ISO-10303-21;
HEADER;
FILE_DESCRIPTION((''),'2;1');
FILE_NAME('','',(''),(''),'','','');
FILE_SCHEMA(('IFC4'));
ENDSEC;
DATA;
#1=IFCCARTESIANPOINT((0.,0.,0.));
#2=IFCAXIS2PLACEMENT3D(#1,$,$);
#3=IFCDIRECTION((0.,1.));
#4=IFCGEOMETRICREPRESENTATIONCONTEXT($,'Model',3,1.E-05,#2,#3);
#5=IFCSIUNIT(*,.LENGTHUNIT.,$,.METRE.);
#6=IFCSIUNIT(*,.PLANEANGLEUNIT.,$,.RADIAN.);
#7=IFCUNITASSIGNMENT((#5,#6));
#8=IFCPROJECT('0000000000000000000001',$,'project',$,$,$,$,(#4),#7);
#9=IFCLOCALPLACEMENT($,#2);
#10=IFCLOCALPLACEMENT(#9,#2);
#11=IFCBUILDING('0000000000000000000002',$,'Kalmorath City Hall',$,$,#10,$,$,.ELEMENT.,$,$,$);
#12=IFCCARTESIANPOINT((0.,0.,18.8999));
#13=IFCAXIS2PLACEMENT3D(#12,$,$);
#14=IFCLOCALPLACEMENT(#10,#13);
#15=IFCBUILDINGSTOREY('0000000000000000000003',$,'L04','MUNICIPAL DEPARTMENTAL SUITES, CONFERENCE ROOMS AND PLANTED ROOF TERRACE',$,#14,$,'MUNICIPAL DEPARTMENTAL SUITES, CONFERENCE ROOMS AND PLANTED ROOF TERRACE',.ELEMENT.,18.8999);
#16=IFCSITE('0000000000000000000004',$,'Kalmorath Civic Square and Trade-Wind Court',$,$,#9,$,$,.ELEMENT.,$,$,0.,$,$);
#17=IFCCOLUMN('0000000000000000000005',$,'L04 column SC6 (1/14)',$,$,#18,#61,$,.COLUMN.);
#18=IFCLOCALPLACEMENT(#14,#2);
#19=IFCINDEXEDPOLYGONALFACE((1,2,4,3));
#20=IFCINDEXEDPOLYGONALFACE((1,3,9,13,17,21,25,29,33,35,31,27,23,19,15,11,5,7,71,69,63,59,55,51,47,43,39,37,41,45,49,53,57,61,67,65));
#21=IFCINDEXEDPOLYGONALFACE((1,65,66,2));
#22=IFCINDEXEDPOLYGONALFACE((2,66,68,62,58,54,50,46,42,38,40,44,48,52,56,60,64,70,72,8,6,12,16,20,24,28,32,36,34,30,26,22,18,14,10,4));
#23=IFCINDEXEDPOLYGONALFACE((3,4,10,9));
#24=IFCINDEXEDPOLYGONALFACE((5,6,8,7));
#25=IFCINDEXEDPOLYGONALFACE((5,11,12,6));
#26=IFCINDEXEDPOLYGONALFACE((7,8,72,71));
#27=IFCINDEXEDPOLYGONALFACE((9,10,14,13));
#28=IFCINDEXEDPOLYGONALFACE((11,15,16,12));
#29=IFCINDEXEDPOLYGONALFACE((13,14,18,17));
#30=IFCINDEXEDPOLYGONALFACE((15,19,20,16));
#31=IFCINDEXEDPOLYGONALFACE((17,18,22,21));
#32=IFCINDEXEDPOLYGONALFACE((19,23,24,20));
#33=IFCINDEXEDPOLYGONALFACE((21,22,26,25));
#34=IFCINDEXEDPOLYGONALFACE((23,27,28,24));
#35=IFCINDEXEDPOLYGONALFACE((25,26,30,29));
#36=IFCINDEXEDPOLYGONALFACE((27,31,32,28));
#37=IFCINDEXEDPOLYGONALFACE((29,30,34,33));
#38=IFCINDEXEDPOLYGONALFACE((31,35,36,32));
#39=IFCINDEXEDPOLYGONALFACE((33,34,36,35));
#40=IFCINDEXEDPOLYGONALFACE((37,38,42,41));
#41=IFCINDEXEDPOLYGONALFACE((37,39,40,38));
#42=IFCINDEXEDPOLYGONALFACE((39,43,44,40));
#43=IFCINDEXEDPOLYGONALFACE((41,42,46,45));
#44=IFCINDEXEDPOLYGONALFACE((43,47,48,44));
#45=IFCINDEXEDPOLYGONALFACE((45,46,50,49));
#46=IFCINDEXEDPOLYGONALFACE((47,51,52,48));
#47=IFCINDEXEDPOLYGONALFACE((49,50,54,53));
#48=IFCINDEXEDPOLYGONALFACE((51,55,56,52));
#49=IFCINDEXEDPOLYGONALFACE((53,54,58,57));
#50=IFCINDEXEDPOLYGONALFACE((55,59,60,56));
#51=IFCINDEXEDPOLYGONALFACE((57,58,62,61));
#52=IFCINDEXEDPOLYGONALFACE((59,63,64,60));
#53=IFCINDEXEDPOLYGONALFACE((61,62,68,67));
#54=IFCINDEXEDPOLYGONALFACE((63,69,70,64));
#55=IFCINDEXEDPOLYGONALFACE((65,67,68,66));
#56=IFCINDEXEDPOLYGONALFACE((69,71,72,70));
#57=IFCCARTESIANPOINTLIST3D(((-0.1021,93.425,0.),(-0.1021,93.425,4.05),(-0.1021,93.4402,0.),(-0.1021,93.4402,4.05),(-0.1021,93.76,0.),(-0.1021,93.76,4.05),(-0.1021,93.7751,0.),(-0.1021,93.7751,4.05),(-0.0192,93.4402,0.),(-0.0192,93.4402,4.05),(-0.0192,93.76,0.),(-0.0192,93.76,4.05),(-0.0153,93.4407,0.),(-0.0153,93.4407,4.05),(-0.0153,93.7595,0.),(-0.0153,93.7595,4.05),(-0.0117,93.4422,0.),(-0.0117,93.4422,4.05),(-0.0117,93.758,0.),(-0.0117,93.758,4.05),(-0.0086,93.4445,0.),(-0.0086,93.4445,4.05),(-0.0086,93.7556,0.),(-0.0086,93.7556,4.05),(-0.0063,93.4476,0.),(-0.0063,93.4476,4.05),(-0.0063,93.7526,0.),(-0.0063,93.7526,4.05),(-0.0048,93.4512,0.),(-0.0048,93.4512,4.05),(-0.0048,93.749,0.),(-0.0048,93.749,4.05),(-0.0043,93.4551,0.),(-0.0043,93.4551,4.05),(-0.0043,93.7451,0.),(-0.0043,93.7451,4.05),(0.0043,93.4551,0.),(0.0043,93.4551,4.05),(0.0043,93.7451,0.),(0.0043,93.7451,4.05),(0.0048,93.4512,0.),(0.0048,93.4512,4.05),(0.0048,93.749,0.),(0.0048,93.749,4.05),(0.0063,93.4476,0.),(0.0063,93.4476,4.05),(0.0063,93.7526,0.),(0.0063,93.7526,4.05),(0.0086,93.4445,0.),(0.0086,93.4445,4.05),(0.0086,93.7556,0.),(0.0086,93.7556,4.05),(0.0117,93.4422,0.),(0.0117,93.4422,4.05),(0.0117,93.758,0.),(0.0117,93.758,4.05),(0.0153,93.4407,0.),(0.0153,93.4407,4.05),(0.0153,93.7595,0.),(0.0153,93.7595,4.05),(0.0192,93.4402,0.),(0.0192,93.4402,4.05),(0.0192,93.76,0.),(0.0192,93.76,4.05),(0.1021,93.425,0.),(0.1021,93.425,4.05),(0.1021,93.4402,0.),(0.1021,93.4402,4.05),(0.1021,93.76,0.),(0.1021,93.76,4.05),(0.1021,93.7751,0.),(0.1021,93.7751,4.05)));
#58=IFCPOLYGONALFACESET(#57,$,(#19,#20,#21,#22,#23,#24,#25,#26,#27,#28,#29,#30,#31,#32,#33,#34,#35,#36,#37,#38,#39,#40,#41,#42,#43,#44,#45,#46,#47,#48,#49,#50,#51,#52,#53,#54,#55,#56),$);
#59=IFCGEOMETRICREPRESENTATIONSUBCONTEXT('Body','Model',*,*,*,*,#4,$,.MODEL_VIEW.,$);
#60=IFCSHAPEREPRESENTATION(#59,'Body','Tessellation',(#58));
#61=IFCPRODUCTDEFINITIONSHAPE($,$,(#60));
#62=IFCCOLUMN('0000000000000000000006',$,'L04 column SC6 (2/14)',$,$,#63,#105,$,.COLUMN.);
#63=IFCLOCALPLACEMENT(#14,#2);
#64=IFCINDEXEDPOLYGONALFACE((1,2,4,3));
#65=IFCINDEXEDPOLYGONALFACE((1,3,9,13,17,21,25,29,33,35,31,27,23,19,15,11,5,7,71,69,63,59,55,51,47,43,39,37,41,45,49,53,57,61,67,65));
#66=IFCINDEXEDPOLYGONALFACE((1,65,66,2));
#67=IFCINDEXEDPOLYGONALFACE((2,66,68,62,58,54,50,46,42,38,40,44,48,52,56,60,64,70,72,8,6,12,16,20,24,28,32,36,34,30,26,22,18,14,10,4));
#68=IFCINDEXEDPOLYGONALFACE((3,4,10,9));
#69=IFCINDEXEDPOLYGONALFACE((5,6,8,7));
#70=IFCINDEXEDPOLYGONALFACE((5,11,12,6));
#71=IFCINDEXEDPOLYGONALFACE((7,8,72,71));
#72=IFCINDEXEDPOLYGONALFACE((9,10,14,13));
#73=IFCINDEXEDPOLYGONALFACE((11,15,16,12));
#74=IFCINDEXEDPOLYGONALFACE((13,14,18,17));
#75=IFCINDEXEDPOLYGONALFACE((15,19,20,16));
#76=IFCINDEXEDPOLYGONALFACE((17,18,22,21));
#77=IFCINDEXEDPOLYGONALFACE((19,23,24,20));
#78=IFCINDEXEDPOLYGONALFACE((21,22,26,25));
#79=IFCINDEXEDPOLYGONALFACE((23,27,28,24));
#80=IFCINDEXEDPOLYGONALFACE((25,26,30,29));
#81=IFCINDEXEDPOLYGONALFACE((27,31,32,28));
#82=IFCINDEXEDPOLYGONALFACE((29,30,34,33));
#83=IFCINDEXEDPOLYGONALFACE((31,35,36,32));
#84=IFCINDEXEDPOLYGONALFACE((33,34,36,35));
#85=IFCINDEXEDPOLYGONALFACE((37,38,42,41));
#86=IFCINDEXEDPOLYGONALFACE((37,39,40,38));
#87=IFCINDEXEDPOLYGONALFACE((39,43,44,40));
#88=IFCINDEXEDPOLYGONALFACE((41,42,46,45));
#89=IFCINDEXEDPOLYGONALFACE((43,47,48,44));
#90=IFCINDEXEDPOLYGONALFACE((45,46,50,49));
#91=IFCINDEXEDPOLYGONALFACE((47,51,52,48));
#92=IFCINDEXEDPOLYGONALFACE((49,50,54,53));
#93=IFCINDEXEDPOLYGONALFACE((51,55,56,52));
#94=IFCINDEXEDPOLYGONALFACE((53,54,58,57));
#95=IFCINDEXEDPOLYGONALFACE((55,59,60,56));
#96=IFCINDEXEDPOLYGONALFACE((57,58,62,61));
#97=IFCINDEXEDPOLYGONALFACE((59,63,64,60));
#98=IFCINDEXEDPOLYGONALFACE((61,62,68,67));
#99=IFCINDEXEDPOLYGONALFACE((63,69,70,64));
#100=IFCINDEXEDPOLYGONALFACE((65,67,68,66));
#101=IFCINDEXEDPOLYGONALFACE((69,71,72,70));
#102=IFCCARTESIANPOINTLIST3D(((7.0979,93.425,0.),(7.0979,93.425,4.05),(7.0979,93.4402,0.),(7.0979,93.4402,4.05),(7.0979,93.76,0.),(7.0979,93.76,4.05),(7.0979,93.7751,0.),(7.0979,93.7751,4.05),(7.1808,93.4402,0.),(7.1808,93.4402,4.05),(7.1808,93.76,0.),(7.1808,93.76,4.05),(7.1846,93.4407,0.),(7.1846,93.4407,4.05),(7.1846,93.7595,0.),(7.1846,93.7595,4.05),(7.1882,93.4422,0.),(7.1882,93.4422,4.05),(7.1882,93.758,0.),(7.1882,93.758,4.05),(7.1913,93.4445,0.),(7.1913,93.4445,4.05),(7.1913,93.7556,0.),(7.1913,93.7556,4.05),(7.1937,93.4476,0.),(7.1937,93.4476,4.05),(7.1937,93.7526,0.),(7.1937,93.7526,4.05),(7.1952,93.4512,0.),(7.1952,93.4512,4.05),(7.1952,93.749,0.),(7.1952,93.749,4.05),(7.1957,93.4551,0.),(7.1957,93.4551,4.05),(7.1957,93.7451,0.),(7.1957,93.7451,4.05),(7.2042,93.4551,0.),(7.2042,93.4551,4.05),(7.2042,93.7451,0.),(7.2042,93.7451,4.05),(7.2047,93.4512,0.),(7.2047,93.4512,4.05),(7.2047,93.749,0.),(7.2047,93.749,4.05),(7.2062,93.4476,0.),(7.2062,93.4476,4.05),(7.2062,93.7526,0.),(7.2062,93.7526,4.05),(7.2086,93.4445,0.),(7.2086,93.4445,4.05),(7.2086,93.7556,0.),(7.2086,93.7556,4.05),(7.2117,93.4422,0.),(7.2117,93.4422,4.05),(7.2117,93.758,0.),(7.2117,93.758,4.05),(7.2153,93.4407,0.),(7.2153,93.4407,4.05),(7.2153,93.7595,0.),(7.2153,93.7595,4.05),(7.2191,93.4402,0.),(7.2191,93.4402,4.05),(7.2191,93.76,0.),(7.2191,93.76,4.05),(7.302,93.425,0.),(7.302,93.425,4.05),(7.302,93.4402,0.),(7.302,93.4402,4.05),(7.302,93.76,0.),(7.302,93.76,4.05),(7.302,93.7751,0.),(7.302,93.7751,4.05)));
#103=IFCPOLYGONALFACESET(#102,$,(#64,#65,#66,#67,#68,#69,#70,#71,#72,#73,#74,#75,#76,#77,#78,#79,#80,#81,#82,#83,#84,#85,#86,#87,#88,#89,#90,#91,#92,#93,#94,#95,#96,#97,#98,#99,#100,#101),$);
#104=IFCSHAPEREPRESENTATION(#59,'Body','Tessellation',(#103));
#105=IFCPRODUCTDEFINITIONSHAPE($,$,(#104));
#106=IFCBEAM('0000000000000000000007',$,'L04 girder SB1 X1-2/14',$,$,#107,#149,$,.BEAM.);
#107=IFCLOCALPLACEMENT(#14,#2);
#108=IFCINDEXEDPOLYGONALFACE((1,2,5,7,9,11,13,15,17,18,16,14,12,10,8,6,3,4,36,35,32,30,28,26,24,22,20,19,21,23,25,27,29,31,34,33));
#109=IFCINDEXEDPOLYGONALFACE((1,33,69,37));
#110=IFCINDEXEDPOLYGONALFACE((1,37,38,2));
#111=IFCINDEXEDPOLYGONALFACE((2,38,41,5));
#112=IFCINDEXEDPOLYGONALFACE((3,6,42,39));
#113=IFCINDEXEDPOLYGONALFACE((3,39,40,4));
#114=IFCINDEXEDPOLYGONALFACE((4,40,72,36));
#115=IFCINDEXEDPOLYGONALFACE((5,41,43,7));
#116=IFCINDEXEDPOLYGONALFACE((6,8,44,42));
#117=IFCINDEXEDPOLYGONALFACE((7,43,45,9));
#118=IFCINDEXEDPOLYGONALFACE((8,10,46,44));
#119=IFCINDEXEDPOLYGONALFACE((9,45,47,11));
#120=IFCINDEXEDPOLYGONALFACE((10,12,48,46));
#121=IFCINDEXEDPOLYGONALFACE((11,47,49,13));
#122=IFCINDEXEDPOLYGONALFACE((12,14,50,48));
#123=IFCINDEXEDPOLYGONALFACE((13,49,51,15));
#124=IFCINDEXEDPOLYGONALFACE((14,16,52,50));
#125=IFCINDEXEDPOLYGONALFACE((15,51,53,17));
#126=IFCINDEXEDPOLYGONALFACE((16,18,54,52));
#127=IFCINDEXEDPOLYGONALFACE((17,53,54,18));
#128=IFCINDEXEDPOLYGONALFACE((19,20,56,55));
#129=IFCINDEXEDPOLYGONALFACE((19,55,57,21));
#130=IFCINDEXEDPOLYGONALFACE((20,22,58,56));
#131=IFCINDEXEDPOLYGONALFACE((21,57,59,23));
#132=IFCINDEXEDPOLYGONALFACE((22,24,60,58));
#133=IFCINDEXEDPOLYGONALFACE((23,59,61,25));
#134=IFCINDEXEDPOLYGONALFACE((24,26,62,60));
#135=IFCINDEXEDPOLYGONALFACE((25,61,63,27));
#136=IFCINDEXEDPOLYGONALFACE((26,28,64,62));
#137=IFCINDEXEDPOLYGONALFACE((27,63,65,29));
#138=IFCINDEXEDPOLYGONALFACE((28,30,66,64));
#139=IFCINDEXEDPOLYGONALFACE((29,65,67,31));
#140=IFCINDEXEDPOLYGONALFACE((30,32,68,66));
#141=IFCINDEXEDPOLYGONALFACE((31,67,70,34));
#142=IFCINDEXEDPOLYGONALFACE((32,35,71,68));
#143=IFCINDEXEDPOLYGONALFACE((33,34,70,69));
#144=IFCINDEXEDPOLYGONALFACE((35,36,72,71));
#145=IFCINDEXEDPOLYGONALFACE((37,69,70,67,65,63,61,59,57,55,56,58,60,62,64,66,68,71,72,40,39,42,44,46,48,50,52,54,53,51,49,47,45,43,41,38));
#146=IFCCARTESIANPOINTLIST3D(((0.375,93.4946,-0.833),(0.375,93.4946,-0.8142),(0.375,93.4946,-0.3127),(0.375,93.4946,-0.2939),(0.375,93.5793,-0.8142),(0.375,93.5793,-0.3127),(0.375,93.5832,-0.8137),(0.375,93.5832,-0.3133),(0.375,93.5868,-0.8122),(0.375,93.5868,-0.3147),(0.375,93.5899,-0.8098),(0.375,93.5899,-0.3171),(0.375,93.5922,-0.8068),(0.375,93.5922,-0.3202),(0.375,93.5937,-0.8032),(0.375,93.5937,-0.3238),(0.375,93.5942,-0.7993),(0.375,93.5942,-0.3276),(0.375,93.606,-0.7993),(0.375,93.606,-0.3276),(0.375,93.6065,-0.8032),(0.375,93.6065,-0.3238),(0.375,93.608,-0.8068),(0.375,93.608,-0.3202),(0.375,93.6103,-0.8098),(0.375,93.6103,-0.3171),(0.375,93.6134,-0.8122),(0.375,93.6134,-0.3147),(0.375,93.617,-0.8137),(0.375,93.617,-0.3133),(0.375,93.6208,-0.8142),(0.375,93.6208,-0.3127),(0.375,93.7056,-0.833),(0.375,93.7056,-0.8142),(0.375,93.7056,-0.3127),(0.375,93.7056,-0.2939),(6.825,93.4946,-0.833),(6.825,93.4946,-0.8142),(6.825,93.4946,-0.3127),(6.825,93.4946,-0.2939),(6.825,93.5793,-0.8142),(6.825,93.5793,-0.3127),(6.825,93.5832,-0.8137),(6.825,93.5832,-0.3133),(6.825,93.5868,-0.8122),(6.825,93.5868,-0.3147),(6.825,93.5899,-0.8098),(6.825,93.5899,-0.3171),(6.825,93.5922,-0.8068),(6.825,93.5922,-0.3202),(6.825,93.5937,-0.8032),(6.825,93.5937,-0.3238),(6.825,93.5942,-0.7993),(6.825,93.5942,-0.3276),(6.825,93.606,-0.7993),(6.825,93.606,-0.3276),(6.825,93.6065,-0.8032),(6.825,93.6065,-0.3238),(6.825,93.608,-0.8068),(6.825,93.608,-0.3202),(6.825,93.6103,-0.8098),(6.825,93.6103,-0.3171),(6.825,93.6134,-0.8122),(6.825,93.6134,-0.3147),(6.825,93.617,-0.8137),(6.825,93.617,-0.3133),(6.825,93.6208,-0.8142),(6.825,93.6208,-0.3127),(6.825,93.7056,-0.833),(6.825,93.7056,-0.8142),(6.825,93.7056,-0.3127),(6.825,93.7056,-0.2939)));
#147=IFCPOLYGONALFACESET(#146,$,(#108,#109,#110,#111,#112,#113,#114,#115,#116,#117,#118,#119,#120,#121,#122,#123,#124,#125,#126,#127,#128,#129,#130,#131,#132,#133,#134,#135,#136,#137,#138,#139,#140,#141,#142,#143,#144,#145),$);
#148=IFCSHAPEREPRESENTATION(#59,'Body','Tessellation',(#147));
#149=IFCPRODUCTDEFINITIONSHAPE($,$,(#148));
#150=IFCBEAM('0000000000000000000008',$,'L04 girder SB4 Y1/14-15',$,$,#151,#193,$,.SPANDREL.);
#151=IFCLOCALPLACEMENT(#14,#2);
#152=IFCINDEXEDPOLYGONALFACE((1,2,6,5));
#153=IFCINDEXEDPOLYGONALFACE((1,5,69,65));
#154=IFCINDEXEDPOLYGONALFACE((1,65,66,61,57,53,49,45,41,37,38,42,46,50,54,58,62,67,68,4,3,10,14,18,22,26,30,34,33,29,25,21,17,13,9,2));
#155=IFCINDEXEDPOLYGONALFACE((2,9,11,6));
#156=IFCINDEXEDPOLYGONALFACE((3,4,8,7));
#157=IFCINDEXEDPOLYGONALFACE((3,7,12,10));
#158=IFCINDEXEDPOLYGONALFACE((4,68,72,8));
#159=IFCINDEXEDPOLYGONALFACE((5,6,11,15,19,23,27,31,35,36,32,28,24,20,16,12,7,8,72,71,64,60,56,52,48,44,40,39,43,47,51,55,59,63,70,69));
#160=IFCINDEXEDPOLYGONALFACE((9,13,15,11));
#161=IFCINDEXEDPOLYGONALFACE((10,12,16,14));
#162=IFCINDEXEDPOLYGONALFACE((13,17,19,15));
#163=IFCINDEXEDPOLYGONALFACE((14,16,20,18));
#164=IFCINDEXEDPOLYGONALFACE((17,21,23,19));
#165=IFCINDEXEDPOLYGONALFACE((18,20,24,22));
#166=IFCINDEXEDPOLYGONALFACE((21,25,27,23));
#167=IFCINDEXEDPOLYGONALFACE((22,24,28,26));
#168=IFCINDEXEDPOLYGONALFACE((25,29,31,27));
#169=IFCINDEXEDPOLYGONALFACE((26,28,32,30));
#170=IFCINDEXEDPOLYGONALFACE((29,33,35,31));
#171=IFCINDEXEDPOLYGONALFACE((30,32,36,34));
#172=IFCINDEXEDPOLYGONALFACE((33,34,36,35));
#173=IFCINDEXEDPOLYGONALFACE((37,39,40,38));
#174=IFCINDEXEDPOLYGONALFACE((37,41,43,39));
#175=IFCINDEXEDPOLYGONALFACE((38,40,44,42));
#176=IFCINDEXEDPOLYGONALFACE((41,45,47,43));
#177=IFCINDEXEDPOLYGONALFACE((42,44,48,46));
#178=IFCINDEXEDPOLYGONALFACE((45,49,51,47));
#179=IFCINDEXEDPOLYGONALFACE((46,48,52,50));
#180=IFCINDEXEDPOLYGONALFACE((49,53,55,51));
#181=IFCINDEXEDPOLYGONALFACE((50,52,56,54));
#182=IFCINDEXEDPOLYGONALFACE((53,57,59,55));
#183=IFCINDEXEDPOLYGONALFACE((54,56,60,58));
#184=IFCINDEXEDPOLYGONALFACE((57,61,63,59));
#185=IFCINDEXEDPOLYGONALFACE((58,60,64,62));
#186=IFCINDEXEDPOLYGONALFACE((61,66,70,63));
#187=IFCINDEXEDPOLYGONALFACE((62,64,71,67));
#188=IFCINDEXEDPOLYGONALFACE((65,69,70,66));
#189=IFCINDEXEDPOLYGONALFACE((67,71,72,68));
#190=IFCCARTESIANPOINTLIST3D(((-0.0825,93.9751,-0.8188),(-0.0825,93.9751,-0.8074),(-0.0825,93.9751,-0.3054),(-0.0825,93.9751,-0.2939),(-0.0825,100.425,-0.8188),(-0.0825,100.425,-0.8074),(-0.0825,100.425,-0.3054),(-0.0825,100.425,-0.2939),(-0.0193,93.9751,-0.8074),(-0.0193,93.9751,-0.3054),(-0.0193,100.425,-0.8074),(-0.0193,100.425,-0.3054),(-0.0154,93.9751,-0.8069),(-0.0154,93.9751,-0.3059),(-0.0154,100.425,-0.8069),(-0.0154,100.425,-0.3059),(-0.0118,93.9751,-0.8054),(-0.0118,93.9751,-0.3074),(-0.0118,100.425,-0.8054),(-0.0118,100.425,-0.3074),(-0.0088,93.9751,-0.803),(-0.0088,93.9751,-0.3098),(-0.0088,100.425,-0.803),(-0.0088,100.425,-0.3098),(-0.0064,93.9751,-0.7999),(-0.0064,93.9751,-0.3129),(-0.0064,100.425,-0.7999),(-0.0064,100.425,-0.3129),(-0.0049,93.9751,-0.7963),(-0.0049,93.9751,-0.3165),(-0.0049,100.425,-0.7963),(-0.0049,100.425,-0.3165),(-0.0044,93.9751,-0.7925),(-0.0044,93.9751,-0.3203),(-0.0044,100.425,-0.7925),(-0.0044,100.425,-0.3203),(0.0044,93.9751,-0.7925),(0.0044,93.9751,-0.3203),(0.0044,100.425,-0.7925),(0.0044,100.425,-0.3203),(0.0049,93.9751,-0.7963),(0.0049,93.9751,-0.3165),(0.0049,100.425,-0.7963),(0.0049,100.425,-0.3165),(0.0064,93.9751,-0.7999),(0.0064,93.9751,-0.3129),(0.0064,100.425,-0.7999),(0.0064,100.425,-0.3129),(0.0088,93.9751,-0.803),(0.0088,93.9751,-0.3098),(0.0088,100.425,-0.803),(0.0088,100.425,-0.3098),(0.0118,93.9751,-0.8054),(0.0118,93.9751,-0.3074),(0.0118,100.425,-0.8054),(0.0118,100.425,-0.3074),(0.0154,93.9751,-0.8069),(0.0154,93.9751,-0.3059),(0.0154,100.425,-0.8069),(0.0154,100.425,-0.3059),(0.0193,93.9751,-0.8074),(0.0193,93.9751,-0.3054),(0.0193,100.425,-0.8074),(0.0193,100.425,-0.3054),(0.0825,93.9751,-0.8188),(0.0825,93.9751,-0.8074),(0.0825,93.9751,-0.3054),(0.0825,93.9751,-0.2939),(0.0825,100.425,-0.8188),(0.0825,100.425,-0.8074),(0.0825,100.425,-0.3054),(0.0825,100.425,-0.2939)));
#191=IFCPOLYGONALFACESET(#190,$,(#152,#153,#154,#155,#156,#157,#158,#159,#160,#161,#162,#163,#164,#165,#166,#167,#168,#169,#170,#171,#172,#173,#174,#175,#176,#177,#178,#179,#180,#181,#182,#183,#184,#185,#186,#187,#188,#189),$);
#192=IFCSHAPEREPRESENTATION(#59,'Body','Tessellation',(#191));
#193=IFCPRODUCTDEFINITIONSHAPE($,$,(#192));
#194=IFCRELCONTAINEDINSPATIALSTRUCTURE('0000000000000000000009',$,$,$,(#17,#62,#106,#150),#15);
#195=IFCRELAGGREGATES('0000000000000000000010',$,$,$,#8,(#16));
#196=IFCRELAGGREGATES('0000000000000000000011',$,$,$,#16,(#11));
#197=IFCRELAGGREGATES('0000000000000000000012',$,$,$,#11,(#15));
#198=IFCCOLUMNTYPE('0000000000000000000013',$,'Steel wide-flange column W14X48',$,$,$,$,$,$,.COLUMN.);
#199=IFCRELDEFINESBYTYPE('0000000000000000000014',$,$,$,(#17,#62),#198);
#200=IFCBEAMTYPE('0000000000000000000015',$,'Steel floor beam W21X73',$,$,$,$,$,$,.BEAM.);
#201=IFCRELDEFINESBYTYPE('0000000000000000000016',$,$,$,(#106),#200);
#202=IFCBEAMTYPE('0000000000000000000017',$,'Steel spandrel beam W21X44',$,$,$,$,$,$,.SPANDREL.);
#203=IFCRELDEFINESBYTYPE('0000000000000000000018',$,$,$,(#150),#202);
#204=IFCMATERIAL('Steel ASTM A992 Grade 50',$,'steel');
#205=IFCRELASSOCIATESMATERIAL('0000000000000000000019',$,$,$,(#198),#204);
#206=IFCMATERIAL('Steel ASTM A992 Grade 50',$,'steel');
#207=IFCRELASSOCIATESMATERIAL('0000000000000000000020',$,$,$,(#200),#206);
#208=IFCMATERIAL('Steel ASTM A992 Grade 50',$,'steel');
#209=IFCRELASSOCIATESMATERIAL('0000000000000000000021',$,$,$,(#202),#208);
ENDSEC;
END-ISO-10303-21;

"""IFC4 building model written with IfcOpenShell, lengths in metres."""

from ifc_helpers import new_model, si_unit, direction, frame, origin, origin_2d, place, context, subcontext, project, spatial, i_section, extrude, material, material_profile, profile_set, type_object, element, save


model = new_model("IFC4")

# Units and contexts
model_context = context("Model", 3, precision=1e-05, world=origin(), true_north=direction((0.0, 1.0)))
body_context = subcontext(model_context, "Body", "Model", "MODEL_VIEW")
ifc_project = project(units=[si_unit("LENGTHUNIT", "METRE"), si_unit("PLANEANGLEUNIT", "RADIAN")], contexts=[model_context])

# Site, building, storey
site_placement = place(None, origin())
site = spatial("IfcSite", under=ifc_project, at=site_placement, Name="Kalmorath Civic Square and Trade-Wind Court", CompositionType="ELEMENT", RefElevation=0.0)
building_placement = place(site_placement, origin())
building = spatial("IfcBuilding", under=site, at=building_placement, Name="Kalmorath City Hall", CompositionType="ELEMENT")
storey_placement = place(building_placement, frame((0.0, 0.0, 18.8999)))
storey = spatial("IfcBuildingStorey", under=building, at=storey_placement, Name="L04", Description="MUNICIPAL DEPARTMENTAL SUITES, CONFERENCE ROOMS AND PLANTED ROOF TERRACE", LongName="MUNICIPAL DEPARTMENTAL SUITES, CONFERENCE ROOMS AND PLANTED ROOF TERRACE", CompositionType="ELEMENT", Elevation=18.8999)

# Columns
ifc_material_1 = material(Name="Steel ASTM A992 Grade 50", Category="steel")
ifc_material_profile_1 = material_profile(ifc_material_1, i_section(OverallWidth=0.2041, OverallDepth=0.3501, WebThickness=0.0085, FlangeThickness=0.0151, FilletRadius=0.0149, at=origin_2d()), Name="W14X48")
ifc_profile_set_1 = profile_set([ifc_material_profile_1], Name="Steel ASTM A992 Grade 50")
column_type = type_object("IfcColumnType", Name="Steel wide-flange column W14X48", PredefinedType="COLUMN", material=ifc_profile_set_1)
for number, where, z_axis, x_axis, name in (
    (1, (0.0, 93.6001, 0.0), (0.0, 0.0, 1.0), (1.0, 0.0, 0.0), "L04 column SC6 (1/14)"),
    (2, (7.2, 93.6001, 0.0), (0.0, 0.0, 1.0), (1.0, 0.0, 0.0), "L04 column SC6 (2/14)"),
):
    element("IfcColumn", number, at=place(storey_placement, frame(where, z_axis=z_axis, x_axis=x_axis)), inside=storey, type_object=column_type, Name=name, PredefinedType="COLUMN", context=body_context, shape_type="SweptSolid", body=[
        extrude(i_section(OverallWidth=0.2041, OverallDepth=0.3501, WebThickness=0.0085, FlangeThickness=0.0151, FilletRadius=0.0149, at=origin_2d()), origin(), (0.0, 0.0, 1.0), 4.05),
    ])

# Beams
ifc_material_2 = material(Name="Steel ASTM A992 Grade 50", Category="steel")
ifc_material_profile_2 = material_profile(ifc_material_2, i_section(OverallWidth=0.2109, OverallDepth=0.5391, WebThickness=0.0117, FlangeThickness=0.0188, FilletRadius=0.0149, at=origin_2d()), Name="W21X73")
ifc_profile_set_2 = profile_set([ifc_material_profile_2], Name="Steel ASTM A992 Grade 50")
beam_type_1 = type_object("IfcBeamType", Name="Steel floor beam W21X73", PredefinedType="BEAM", material=ifc_profile_set_2)
beam_1_placement = place(storey_placement, frame((0.375, 93.6001, -0.5635), z_axis=(1.0, 0.0, 0.0), x_axis=(0.0, 1.0, 0.0)))
element("IfcBeam", 3, at=beam_1_placement, inside=storey, type_object=beam_type_1, Name="L04 girder SB1 X1-2/14", PredefinedType="BEAM", context=body_context, shape_type="SweptSolid", body=[
    extrude(i_section(OverallWidth=0.2109, OverallDepth=0.5391, WebThickness=0.0117, FlangeThickness=0.0188, FilletRadius=0.0149, at=origin_2d()), origin(), (0.0, 0.0, 1.0), 6.45),
])
ifc_material_3 = material(Name="Steel ASTM A992 Grade 50", Category="steel")
ifc_material_profile_3 = material_profile(ifc_material_3, i_section(OverallWidth=0.165, OverallDepth=0.5249, WebThickness=0.0088, FlangeThickness=0.0115, FilletRadius=0.0149, at=origin_2d()), Name="W21X44")
ifc_profile_set_3 = profile_set([ifc_material_profile_3], Name="Steel ASTM A992 Grade 50")
beam_type_2 = type_object("IfcBeamType", Name="Steel spandrel beam W21X44", PredefinedType="SPANDREL", material=ifc_profile_set_3)
beam_2_placement = place(storey_placement, frame((0.0, 93.9751, -0.5564), z_axis=(0.0, 1.0, 0.0), x_axis=(-1.0, 0.0, 0.0)))
element("IfcBeam", 4, at=beam_2_placement, inside=storey, type_object=beam_type_2, Name="L04 girder SB4 Y1/14-15", PredefinedType="SPANDREL", context=body_context, shape_type="SweptSolid", body=[
    extrude(i_section(OverallWidth=0.165, OverallDepth=0.5249, WebThickness=0.0088, FlangeThickness=0.0115, FilletRadius=0.0149, at=origin_2d()), origin(), (0.0, 0.0, 1.0), 6.45),
])

save(model, "model.ifc")
